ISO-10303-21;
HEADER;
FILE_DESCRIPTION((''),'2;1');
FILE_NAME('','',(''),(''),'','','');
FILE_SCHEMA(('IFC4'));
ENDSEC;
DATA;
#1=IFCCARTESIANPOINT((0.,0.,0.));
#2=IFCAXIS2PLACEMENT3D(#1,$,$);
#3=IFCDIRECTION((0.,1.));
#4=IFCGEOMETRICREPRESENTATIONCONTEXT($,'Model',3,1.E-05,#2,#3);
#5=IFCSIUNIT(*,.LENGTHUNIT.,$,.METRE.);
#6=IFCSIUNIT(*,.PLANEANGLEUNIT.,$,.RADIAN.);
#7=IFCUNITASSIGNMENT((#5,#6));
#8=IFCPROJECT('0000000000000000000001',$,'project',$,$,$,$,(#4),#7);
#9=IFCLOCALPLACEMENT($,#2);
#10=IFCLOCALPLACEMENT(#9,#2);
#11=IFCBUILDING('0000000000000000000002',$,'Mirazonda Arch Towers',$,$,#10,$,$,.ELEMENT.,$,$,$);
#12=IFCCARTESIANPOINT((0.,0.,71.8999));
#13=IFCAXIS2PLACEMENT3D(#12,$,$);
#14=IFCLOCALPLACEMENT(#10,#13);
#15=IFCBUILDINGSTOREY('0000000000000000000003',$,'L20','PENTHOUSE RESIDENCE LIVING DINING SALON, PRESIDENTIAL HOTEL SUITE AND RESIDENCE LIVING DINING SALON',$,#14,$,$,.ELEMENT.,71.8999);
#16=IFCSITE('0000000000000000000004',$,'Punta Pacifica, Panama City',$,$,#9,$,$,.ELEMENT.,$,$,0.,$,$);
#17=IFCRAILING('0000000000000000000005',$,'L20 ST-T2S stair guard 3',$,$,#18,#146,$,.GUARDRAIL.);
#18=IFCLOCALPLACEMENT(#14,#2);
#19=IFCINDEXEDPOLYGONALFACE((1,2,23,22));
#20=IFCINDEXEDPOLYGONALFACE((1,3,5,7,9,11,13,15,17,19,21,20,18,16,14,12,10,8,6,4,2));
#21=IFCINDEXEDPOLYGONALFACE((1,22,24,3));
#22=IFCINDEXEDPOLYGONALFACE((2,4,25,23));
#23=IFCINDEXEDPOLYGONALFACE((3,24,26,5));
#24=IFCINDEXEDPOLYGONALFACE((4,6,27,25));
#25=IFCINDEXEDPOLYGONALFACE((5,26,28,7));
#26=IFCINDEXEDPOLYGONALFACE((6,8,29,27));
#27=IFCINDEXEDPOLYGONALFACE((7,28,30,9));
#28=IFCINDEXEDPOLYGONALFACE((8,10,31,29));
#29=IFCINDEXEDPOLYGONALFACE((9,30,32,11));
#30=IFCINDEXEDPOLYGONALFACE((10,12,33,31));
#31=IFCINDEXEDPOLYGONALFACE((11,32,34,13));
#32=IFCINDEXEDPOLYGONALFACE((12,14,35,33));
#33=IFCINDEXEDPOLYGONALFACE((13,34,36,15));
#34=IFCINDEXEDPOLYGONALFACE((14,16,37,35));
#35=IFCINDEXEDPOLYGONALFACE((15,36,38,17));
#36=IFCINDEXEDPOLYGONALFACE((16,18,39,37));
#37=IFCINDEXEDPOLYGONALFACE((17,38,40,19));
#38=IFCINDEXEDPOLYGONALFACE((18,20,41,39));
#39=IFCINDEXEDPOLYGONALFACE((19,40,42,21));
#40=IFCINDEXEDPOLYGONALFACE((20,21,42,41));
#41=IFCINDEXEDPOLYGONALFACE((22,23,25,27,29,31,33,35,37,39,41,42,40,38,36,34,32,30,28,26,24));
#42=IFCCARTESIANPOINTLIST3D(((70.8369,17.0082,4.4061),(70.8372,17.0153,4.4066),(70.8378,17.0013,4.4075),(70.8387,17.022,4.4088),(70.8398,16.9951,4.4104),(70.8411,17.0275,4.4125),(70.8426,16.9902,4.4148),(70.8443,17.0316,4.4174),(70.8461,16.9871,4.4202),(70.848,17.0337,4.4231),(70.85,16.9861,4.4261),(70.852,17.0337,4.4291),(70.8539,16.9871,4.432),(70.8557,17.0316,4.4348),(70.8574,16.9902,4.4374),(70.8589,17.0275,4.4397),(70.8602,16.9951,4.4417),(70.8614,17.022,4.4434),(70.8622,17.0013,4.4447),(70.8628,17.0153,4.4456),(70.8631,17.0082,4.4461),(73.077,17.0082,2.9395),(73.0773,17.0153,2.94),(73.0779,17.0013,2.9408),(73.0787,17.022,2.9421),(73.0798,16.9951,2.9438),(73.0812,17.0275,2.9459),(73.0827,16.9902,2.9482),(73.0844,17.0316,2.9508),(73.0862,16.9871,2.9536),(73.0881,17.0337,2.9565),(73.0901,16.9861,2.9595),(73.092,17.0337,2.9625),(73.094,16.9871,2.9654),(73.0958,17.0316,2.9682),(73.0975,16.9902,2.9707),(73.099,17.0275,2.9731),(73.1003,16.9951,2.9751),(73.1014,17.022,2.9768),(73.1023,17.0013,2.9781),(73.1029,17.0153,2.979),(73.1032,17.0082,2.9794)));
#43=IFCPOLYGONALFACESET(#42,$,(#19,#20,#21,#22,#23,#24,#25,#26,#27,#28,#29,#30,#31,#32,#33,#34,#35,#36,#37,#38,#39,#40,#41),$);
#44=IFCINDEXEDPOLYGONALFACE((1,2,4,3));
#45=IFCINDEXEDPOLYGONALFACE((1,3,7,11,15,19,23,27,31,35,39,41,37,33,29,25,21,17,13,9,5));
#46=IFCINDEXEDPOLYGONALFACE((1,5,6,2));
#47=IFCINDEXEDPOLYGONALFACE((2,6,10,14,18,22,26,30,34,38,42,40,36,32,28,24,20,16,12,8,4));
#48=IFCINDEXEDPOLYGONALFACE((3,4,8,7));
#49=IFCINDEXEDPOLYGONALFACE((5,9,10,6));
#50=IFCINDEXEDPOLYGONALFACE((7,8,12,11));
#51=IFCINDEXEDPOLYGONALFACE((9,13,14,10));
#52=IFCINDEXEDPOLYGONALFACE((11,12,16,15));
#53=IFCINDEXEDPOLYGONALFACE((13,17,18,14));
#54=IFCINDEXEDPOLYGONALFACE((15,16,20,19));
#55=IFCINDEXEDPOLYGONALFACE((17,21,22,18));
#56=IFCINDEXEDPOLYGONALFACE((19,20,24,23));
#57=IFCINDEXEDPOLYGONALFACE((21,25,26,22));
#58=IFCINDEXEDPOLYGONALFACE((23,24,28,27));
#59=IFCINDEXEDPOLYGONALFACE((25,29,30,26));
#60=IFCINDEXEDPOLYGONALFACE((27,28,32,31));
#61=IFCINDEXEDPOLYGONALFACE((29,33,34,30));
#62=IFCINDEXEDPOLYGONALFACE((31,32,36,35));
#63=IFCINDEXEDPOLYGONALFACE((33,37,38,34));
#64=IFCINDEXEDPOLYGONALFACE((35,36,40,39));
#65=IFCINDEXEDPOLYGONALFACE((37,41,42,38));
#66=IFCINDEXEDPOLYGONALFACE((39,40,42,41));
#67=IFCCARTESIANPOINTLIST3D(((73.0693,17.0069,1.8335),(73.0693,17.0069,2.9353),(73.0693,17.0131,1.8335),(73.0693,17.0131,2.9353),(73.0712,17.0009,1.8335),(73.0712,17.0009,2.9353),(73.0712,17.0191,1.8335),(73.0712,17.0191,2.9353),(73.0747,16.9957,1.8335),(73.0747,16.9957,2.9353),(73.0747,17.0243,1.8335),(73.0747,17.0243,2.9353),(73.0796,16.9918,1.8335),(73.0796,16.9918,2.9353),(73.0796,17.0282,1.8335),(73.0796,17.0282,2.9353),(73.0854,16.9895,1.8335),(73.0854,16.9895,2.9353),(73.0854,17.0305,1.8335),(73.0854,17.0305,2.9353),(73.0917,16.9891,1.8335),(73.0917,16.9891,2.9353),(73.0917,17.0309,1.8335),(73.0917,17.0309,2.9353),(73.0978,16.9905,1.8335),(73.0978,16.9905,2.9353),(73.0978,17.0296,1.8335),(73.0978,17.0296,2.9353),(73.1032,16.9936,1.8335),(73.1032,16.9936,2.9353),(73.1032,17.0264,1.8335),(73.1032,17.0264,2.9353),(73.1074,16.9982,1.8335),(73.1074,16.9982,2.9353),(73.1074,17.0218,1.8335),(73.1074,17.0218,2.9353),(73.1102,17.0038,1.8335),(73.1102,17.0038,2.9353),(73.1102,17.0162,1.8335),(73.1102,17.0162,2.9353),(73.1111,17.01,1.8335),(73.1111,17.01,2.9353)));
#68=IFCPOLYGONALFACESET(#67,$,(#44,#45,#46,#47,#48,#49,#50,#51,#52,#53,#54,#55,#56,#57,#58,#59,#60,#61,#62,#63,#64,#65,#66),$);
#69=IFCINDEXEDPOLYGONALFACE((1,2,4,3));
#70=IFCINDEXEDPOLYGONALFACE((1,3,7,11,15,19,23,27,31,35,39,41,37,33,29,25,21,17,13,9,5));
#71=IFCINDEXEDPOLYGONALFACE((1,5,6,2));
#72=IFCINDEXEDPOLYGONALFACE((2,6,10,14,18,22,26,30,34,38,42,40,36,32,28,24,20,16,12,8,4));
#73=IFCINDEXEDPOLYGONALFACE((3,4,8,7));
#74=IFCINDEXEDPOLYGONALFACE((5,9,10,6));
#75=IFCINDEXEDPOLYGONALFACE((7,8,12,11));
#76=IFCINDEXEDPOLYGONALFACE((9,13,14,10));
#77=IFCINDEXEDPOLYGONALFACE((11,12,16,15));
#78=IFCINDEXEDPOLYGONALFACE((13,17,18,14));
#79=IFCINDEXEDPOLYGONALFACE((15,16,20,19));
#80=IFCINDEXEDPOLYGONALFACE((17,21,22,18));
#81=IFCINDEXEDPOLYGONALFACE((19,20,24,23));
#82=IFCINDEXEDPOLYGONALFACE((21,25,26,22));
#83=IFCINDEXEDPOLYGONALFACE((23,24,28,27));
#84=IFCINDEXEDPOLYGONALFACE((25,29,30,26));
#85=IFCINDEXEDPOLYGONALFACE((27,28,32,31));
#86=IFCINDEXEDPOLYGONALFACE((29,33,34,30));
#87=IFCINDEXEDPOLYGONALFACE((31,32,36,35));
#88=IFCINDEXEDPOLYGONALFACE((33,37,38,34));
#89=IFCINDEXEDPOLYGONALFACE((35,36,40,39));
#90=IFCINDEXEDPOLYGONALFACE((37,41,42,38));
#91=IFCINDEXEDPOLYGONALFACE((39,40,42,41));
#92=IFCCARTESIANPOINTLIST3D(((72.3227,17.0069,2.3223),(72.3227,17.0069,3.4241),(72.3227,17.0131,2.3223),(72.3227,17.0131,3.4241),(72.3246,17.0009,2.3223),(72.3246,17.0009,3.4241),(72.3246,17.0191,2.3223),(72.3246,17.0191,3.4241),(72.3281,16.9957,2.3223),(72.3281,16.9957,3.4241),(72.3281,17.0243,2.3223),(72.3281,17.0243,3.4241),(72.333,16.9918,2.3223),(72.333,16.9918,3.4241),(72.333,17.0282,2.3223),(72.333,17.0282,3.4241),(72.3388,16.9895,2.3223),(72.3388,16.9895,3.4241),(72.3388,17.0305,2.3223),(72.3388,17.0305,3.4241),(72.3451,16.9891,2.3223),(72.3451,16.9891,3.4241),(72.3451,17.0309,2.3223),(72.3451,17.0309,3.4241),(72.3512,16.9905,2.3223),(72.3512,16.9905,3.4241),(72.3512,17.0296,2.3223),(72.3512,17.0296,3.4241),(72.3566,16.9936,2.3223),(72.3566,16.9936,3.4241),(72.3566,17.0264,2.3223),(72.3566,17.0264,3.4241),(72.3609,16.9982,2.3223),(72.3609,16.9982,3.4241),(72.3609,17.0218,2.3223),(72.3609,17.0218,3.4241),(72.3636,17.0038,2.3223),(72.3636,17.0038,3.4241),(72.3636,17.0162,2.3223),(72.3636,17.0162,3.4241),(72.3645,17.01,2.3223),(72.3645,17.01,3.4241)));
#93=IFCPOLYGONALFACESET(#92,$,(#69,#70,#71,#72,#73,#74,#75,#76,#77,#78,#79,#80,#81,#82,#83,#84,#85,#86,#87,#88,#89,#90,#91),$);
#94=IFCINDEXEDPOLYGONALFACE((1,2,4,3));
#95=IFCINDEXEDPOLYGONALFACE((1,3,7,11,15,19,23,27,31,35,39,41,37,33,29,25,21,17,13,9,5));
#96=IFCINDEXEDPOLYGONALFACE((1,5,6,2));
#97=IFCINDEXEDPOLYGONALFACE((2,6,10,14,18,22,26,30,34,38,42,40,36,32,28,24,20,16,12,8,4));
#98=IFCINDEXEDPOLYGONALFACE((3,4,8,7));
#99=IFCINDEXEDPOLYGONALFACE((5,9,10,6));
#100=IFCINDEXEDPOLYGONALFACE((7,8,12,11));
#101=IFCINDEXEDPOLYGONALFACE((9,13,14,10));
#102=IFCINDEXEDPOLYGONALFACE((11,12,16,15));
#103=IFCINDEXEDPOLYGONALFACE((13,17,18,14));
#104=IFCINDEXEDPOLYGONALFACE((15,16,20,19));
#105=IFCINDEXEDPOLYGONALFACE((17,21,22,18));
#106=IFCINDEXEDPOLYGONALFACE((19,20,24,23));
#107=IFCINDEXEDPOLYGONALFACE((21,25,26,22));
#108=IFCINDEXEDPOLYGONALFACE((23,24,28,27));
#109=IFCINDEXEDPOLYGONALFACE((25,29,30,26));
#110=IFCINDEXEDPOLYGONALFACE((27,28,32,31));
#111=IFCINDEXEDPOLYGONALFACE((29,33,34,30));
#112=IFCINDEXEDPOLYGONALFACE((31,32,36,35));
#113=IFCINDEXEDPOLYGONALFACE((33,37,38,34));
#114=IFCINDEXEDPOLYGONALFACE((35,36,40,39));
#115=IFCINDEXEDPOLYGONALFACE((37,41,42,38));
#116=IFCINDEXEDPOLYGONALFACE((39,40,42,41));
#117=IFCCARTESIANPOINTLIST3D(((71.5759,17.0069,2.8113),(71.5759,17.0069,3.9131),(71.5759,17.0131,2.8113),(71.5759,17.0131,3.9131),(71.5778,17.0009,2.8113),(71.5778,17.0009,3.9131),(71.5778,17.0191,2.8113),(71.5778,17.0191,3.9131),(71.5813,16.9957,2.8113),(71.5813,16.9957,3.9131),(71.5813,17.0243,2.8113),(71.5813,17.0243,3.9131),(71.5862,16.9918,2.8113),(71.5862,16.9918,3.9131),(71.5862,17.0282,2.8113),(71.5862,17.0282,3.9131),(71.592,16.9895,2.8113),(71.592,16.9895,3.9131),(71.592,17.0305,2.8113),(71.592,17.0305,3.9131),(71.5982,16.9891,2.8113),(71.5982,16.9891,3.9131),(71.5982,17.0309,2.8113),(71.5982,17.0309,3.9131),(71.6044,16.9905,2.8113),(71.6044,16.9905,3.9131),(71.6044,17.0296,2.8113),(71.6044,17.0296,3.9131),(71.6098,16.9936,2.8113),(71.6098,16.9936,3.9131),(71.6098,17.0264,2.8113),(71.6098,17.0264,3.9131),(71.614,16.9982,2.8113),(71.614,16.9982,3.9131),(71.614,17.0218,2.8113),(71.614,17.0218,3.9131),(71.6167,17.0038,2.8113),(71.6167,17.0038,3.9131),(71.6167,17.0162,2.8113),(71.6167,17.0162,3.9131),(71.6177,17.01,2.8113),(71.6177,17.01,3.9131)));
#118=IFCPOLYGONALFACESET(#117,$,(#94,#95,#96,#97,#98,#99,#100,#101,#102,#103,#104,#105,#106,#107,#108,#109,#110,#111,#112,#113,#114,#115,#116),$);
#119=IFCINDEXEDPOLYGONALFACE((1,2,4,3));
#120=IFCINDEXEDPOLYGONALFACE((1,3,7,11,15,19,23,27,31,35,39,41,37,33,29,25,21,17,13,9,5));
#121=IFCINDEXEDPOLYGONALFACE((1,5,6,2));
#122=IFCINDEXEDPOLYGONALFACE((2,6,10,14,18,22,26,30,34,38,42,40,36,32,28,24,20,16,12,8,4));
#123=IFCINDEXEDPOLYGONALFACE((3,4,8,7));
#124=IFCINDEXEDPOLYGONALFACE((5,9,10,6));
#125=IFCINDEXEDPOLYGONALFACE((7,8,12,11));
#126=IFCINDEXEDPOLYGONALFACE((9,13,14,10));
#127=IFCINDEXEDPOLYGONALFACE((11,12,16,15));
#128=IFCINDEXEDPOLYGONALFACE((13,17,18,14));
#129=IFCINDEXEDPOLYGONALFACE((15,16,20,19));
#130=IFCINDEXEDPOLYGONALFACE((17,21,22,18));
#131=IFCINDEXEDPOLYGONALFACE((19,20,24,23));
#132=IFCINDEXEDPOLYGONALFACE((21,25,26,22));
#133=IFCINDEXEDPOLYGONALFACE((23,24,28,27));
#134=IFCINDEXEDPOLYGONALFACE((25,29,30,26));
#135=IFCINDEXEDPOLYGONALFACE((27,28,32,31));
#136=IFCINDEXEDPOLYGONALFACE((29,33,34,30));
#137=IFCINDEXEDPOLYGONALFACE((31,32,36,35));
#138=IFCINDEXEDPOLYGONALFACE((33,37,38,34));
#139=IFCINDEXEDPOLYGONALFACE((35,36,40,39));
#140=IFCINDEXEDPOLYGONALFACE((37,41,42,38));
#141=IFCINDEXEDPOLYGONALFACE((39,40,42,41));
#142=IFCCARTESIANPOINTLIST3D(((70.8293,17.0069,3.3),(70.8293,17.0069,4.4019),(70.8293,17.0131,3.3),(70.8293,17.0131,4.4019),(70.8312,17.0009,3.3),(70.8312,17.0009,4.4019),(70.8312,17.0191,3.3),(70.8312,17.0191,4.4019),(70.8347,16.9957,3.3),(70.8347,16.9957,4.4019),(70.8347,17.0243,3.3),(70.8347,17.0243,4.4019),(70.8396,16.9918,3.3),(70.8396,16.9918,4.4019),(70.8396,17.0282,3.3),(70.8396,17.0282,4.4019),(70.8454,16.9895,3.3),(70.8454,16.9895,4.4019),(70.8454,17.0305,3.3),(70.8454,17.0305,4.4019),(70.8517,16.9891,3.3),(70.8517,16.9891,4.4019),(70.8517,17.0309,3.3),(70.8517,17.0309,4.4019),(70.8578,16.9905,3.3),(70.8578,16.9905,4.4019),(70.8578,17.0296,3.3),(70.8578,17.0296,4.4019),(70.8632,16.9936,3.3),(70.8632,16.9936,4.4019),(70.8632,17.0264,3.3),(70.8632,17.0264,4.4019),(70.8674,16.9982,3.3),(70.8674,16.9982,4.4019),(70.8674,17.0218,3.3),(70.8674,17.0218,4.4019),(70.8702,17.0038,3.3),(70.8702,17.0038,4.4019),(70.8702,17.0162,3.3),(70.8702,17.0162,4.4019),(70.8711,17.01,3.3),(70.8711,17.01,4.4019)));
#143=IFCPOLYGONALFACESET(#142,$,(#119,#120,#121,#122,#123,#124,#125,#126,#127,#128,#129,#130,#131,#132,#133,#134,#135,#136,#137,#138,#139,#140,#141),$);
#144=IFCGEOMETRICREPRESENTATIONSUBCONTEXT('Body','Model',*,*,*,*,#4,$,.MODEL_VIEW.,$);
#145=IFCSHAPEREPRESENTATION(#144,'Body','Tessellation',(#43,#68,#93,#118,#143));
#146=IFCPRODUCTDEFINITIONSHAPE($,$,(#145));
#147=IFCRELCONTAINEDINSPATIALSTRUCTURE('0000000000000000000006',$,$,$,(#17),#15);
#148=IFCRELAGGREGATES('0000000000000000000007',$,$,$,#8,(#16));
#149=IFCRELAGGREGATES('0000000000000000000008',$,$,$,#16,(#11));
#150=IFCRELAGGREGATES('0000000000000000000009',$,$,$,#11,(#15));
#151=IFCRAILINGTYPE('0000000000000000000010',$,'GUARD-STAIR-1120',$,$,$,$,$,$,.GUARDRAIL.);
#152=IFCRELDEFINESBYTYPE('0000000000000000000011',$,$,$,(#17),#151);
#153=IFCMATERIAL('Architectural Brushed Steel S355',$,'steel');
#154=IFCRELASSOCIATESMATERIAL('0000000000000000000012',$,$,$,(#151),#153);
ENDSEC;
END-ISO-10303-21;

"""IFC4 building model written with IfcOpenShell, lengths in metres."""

from ifc_helpers import new_model, si_unit, direction, frame, origin, origin_2d, place, context, subcontext, project, spatial, circle, extrude, material, type_object, element, save


model = new_model("IFC4")

# Units and contexts
model_context = context("Model", 3, precision=1e-05, world=origin(), true_north=direction((0.0, 1.0)))
body_context = subcontext(model_context, "Body", "Model", "MODEL_VIEW")
ifc_project = project(units=[si_unit("LENGTHUNIT", "METRE"), si_unit("PLANEANGLEUNIT", "RADIAN")], contexts=[model_context])

# Site, building, storey
site_placement = place(None, origin())
site = spatial("IfcSite", under=ifc_project, at=site_placement, Name="Punta Pacifica, Panama City", CompositionType="ELEMENT", RefElevation=0.0)
building_placement = place(site_placement, origin())
building = spatial("IfcBuilding", under=site, at=building_placement, Name="Mirazonda Arch Towers", CompositionType="ELEMENT")
storey_placement = place(building_placement, frame((0.0, 0.0, 71.8999)))
storey = spatial("IfcBuildingStorey", under=building, at=storey_placement, Name="L20", Description="PENTHOUSE RESIDENCE LIVING DINING SALON, PRESIDENTIAL HOTEL SUITE AND RESIDENCE LIVING DINING SALON", CompositionType="ELEMENT", Elevation=71.8999)

# Railing
ifc_material_1 = material(Name="Architectural Brushed Steel S355", Category="steel")
railing_type_1 = type_object("IfcRailingType", Name="GUARD-STAIR-1120", PredefinedType="GUARDRAIL", material=ifc_material_1)
railing_1_placement = place(storey_placement, frame((73.0901, 17.01, 1.8335)))
element("IfcRailing", 1, at=railing_1_placement, inside=storey, type_object=railing_type_1, Name="L20 ST-T2S stair guard 3", PredefinedType="GUARDRAIL", context=body_context, shape_type="SweptSolid", body=[
    extrude(circle(Radius=0.0239, at=origin_2d()), frame((0.0, 0.0, 1.126), z_axis=(-0.836637, 0.0, 0.547758), x_axis=(0.0, -1.0, 0.0)), (0.0, 0.0, 1.0), 2.6775),
    extrude(circle(Radius=0.021, at=origin_2d()), origin(), (0.0, 0.0, 1.0), 1.1018),
    extrude(circle(Radius=0.021, at=origin_2d()), frame((-0.7466, 0.0, 0.4888)), (0.0, 0.0, 1.0), 1.1018),
    extrude(circle(Radius=0.021, at=origin_2d()), frame((-1.4934, 0.0, 0.9778)), (0.0, 0.0, 1.0), 1.1018),
    extrude(circle(Radius=0.021, at=origin_2d()), frame((-2.24, 0.0, 1.4666)), (0.0, 0.0, 1.0), 1.1018),
])

save(model, "model.ifc")
